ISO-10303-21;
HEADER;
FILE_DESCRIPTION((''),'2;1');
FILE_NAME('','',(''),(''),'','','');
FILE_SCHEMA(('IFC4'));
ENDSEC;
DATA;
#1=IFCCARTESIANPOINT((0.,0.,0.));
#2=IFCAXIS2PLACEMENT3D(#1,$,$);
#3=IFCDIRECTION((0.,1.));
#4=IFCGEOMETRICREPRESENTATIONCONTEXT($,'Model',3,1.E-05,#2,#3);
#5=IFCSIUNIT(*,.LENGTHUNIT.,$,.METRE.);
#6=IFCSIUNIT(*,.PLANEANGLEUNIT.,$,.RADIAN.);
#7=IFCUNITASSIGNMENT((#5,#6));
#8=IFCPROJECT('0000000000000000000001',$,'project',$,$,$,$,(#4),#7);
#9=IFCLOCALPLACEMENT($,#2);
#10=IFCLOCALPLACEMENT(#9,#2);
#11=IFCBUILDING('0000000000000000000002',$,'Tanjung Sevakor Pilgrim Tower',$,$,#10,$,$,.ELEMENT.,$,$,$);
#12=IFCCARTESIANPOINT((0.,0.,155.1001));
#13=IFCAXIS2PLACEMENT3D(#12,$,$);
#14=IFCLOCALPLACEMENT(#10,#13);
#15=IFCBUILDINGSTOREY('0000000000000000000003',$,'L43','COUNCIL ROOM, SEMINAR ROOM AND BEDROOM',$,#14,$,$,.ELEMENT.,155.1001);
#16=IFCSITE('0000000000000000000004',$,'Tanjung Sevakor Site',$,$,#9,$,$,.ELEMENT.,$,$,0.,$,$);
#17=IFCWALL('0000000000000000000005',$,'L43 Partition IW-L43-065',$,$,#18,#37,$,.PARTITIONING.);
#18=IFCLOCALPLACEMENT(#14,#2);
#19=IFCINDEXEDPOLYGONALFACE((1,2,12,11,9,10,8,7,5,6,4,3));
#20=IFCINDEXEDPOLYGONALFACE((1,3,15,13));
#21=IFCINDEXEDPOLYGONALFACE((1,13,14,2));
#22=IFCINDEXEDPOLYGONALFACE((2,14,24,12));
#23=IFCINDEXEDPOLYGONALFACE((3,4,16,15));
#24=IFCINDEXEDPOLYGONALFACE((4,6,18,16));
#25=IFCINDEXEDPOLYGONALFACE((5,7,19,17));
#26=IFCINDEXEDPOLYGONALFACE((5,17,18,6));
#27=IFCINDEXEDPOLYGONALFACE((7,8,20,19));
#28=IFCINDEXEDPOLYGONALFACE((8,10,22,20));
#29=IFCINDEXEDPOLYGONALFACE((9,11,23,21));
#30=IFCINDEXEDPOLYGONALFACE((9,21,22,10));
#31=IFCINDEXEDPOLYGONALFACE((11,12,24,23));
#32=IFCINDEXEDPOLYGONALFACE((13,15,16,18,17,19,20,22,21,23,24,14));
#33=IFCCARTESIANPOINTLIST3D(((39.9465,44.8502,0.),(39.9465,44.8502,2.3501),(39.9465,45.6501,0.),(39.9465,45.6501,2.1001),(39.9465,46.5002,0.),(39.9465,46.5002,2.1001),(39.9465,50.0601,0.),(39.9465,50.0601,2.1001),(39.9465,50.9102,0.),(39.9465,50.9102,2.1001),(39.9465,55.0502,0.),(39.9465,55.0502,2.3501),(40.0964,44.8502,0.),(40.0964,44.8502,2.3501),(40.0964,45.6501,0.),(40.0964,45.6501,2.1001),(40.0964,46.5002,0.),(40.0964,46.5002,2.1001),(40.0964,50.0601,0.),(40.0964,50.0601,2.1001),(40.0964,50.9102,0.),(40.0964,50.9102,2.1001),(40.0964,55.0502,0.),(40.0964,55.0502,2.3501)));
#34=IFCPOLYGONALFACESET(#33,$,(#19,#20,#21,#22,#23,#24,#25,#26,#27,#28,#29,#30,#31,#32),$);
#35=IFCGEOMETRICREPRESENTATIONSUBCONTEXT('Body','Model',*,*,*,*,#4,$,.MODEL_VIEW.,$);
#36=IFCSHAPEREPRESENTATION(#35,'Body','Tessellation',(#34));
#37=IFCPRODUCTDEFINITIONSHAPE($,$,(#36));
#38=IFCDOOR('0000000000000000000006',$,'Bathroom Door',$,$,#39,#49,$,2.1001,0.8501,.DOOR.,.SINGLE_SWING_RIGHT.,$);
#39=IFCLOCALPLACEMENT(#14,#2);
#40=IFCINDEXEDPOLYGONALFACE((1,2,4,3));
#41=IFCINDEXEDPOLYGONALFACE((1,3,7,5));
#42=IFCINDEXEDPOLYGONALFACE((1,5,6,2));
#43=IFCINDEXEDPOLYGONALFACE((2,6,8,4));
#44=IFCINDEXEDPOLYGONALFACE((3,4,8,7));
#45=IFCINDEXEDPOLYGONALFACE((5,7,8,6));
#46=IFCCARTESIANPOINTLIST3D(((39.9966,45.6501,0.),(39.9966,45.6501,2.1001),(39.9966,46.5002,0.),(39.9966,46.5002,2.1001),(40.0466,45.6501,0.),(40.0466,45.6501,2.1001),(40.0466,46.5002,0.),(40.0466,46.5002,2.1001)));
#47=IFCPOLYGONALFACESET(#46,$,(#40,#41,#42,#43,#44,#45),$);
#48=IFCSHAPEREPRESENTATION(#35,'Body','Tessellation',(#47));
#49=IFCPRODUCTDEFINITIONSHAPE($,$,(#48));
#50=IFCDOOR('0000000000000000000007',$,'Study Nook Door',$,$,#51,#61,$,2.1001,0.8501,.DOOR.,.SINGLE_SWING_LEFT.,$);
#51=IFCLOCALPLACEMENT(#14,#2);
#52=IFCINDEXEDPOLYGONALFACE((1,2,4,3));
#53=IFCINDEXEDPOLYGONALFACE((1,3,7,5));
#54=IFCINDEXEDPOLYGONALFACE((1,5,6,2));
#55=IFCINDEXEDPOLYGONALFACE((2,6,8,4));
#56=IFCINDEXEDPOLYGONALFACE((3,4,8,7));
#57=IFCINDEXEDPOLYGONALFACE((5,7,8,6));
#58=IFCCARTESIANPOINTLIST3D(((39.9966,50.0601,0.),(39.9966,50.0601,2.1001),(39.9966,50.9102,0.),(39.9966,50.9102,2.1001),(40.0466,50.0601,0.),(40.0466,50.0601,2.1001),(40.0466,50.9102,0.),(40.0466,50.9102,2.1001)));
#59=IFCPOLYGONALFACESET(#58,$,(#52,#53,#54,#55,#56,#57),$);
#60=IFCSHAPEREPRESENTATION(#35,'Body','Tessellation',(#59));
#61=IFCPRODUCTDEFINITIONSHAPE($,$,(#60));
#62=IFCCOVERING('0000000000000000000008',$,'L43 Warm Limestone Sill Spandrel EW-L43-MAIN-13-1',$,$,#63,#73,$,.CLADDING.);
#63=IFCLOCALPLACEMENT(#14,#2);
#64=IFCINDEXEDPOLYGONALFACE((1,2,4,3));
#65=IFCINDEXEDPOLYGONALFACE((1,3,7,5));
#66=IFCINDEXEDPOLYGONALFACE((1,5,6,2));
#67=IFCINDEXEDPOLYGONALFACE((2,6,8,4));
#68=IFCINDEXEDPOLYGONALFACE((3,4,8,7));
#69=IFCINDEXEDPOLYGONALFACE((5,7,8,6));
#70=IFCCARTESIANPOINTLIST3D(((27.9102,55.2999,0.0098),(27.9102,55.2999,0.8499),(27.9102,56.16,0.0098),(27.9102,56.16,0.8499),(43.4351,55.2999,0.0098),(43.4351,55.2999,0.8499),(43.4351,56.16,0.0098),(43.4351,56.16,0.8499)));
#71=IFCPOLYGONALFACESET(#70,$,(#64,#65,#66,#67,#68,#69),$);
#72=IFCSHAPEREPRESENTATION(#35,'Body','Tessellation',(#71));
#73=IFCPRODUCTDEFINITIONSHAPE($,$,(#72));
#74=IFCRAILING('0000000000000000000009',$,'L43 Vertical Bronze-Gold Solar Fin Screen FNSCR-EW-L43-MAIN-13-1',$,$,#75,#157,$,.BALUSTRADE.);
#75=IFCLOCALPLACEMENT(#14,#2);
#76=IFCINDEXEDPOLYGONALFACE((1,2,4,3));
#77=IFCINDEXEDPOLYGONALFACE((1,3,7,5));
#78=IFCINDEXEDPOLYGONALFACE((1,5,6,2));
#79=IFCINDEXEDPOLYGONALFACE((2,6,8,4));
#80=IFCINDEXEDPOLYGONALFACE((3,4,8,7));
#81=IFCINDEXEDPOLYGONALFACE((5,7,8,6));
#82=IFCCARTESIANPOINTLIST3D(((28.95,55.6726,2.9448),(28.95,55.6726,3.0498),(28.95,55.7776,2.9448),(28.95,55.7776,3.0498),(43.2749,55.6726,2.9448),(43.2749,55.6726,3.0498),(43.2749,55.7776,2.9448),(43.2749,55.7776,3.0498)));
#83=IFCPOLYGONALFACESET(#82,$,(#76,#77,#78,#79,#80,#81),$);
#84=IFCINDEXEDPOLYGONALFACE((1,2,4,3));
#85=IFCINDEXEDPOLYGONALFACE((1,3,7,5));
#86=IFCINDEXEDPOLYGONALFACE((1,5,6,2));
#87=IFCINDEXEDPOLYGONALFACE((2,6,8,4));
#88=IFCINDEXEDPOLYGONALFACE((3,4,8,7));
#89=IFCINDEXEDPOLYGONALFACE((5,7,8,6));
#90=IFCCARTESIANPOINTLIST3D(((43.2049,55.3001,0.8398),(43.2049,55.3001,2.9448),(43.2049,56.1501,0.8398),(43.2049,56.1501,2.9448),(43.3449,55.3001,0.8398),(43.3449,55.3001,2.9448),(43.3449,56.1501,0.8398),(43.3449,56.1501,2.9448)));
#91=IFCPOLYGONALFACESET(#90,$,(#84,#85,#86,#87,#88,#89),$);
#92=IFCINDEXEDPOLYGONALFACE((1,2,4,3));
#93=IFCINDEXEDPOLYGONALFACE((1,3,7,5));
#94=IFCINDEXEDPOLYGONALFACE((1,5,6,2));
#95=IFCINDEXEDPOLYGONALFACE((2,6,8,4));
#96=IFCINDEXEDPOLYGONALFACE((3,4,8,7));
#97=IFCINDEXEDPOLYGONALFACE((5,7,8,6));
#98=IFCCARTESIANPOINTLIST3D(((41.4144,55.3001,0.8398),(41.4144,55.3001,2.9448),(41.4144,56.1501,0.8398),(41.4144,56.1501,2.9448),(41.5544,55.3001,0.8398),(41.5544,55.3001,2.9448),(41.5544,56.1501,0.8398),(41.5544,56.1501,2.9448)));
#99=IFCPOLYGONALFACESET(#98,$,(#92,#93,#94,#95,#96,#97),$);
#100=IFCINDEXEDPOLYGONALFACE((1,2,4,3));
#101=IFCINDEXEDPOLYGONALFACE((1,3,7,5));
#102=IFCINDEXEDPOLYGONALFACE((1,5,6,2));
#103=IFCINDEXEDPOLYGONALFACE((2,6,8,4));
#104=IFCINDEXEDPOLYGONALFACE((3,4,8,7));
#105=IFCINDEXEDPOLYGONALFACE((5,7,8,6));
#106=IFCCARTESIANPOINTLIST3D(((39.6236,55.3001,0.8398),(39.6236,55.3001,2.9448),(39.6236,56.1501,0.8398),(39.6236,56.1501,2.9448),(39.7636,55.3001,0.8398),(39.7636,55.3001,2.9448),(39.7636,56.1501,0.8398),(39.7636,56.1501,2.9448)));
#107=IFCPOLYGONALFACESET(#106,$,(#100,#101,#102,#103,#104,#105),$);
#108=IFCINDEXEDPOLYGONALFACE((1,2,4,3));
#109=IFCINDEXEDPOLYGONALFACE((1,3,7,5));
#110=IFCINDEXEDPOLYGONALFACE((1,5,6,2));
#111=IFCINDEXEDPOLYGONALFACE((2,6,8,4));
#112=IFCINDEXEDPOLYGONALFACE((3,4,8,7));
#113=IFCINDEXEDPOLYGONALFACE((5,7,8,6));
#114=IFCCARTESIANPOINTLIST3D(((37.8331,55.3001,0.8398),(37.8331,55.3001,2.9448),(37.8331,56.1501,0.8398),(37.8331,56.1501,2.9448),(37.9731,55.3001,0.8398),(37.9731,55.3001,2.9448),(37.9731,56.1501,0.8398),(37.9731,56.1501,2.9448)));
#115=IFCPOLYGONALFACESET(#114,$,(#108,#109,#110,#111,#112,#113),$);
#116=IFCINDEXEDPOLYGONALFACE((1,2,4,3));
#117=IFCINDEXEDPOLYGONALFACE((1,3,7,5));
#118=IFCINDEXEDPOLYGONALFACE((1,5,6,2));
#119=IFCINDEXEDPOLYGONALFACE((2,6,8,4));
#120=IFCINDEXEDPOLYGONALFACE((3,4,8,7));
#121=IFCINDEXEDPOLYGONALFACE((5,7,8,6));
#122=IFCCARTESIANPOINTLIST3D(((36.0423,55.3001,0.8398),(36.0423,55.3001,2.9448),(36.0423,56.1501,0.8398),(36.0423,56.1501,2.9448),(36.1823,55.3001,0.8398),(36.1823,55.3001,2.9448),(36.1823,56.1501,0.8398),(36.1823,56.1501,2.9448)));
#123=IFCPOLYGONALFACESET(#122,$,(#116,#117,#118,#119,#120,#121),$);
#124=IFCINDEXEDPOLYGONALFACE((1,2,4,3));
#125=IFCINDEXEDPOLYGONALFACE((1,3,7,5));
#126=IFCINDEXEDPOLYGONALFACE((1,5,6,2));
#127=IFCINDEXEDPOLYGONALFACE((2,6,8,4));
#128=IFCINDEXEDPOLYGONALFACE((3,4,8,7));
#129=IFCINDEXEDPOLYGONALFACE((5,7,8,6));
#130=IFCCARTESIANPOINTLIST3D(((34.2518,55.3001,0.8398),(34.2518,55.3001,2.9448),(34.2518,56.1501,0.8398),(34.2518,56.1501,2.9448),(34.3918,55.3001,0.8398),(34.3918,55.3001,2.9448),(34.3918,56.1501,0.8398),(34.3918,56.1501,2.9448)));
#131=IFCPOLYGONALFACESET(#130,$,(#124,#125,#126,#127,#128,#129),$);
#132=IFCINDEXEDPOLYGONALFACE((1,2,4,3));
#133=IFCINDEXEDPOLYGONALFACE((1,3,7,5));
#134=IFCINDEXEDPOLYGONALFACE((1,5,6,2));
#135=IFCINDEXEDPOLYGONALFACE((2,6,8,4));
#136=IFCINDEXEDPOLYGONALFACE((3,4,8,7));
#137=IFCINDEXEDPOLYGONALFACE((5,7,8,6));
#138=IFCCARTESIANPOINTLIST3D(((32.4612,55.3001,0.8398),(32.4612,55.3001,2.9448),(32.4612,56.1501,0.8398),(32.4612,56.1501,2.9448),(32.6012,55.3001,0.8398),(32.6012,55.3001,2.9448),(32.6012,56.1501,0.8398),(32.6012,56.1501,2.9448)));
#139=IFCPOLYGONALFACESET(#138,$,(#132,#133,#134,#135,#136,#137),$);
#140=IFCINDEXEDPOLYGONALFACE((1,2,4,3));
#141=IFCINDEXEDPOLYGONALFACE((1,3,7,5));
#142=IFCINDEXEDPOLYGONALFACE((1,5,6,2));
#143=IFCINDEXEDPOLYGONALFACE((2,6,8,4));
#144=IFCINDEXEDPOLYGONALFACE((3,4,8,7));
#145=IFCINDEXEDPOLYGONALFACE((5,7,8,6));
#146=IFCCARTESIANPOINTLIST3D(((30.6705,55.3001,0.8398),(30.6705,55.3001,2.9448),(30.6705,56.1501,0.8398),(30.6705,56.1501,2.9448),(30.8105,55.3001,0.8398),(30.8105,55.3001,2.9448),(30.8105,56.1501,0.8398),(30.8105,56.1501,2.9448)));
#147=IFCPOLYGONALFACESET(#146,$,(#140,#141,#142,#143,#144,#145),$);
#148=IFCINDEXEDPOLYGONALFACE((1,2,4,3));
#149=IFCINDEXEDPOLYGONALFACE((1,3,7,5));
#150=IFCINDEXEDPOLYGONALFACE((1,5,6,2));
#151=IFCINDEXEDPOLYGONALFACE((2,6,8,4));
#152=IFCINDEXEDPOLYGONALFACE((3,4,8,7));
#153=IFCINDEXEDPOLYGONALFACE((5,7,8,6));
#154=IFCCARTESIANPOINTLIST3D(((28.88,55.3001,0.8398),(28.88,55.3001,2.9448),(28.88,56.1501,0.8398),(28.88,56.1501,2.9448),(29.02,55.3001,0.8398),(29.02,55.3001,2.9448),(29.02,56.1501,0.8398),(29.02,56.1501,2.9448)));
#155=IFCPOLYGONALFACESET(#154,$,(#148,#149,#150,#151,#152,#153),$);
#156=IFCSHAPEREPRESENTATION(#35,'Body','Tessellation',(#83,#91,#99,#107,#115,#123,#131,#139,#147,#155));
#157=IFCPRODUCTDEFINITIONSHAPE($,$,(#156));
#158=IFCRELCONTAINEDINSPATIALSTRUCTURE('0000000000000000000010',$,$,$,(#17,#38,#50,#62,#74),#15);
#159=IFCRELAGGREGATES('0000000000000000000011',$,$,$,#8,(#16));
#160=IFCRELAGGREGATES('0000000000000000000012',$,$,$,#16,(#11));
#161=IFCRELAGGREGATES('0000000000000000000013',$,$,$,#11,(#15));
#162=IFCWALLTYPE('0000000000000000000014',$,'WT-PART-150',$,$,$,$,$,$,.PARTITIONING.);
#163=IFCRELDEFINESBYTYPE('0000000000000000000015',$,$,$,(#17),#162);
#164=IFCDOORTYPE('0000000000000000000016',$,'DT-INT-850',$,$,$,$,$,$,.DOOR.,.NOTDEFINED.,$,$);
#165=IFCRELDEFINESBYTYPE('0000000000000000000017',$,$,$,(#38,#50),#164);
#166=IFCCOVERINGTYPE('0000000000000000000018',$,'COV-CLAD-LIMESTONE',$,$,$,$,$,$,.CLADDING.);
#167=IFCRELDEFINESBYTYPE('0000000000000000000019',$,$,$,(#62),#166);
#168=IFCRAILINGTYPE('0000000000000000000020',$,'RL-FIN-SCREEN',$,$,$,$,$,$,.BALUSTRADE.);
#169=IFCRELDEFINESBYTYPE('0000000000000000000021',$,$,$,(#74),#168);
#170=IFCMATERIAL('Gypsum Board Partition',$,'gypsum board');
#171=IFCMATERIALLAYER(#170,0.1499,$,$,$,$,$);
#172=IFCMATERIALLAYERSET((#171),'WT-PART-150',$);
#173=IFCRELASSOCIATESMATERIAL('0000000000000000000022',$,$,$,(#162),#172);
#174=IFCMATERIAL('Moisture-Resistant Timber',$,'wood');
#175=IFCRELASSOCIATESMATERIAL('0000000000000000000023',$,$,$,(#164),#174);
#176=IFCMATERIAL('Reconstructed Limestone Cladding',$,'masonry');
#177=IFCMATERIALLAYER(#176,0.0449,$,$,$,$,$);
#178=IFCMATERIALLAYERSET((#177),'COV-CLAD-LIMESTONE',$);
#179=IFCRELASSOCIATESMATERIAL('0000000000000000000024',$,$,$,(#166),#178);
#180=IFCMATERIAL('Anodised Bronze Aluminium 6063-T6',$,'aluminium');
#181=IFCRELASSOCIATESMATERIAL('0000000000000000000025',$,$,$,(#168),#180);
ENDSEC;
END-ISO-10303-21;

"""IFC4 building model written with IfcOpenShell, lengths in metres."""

from ifc_helpers import new_model, si_unit, direction, frame, frame_2d, origin, origin_2d, place, context, subcontext, project, spatial, rectangle, extrude, material, layer, layer_set, type_object, element, fill, save


model = new_model("IFC4")

# Units and contexts
model_context = context("Model", 3, precision=1e-05, world=origin(), true_north=direction((0.0, 1.0)))
body_context = subcontext(model_context, "Body", "Model", "MODEL_VIEW")
ifc_project = project(units=[si_unit("LENGTHUNIT", "METRE"), si_unit("PLANEANGLEUNIT", "RADIAN")], contexts=[model_context])

# Site, building, storey
site_placement = place(None, origin())
site = spatial("IfcSite", under=ifc_project, at=site_placement, Name="Tanjung Sevakor Site", CompositionType="ELEMENT", RefElevation=0.0)
building_placement = place(site_placement, origin())
building = spatial("IfcBuilding", under=site, at=building_placement, Name="Tanjung Sevakor Pilgrim Tower", CompositionType="ELEMENT")
storey_placement = place(building_placement, frame((0.0, 0.0, 155.1001)))
storey = spatial("IfcBuildingStorey", under=building, at=storey_placement, Name="L43", Description="COUNCIL ROOM, SEMINAR ROOM AND BEDROOM", CompositionType="ELEMENT", Elevation=155.1001)

# Shared definitions
ifc_material_1 = material(Name="Gypsum Board Partition", Category="gypsum board")
ifc_layer_1 = layer(ifc_material_1, 0.1499)
ifc_layer_set_1 = layer_set([ifc_layer_1], Name="WT-PART-150")
wall_type_1 = type_object("IfcWallType", Name="WT-PART-150", PredefinedType="PARTITIONING", material=ifc_layer_set_1)

# Wall, openings, doors
wall_1_placement = place(storey_placement, frame((40.0215, 44.8501, 0.0), z_axis=(0.0, 0.0, 1.0), x_axis=(0.0, 1.0, 0.0)))
wall_1 = element("IfcWall", 1, at=wall_1_placement, inside=storey, type_object=wall_type_1, Name="L43 Partition IW-L43-065", PredefinedType="PARTITIONING", context=body_context, shape_type="SweptSolid", body=[
    extrude(rectangle(XDim=10.2, YDim=0.1499, at=frame_2d((5.1001, 0.0))), origin(), (0.0, 0.0, 1.0), 2.3501),
])
opening_1_placement = place(wall_1_placement, frame((0.8, 0.0, 0.0)))
opening_1 = element("IfcOpeningElement", 2, at=opening_1_placement, cuts=wall_1, PredefinedType="OPENING", context=body_context, shape_type="SweptSolid", body=[
    extrude(rectangle(XDim=0.8501, YDim=2.1001, at=frame_2d((0.425, 1.05))), frame((0.0, 0.085, 0.0), z_axis=(0.0, -1.0, 0.0), x_axis=(1.0, 0.0, 0.0)), (0.0, 0.0, 1.0), 0.1699),
])
opening_2_placement = place(wall_1_placement, frame((5.21, 0.0, 0.0)))
opening_2 = element("IfcOpeningElement", 3, at=opening_2_placement, cuts=wall_1, PredefinedType="OPENING", context=body_context, shape_type="SweptSolid", body=[
    extrude(rectangle(XDim=0.8501, YDim=2.1001, at=frame_2d((0.425, 1.05))), frame((0.0, 0.085, 0.0), z_axis=(0.0, -1.0, 0.0), x_axis=(1.0, 0.0, 0.0)), (0.0, 0.0, 1.0), 0.1699),
])
ifc_material_2 = material(Name="Moisture-Resistant Timber", Category="wood")
door_type_1 = type_object("IfcDoorType", Name="DT-INT-850", OperationType="NOTDEFINED", PredefinedType="DOOR", material=ifc_material_2)
door_1_placement = place(opening_1_placement, origin())
door_1 = element("IfcDoor", 4, at=door_1_placement, inside=storey, type_object=door_type_1, Name="Bathroom Door", OperationType="SINGLE_SWING_RIGHT", OverallHeight=2.1001, OverallWidth=0.8501, PredefinedType="DOOR", context=body_context, shape_type="SweptSolid", body=[
    extrude(rectangle(XDim=0.8501, YDim=2.1001, at=frame_2d((0.425, 1.05))), frame((0.0, 0.0249, 0.0), z_axis=(0.0, -1.0, 0.0), x_axis=(1.0, 0.0, 0.0)), (0.0, 0.0, 1.0), 0.05),
])
fill(opening_1, door_1)
door_2_placement = place(opening_2_placement, origin())
door_2 = element("IfcDoor", 5, at=door_2_placement, inside=storey, type_object=door_type_1, Name="Study Nook Door", OperationType="SINGLE_SWING_LEFT", OverallHeight=2.1001, OverallWidth=0.8501, PredefinedType="DOOR", context=body_context, shape_type="SweptSolid", body=[
    extrude(rectangle(XDim=0.8501, YDim=2.1001, at=frame_2d((0.425, 1.05))), frame((0.0, 0.0249, 0.0), z_axis=(0.0, -1.0, 0.0), x_axis=(1.0, 0.0, 0.0)), (0.0, 0.0, 1.0), 0.05),
])
fill(opening_2, door_2)

# Covering
ifc_material_3 = material(Name="Reconstructed Limestone Cladding", Category="masonry")
ifc_layer_2 = layer(ifc_material_3, 0.0449)
ifc_layer_set_2 = layer_set([ifc_layer_2], Name="COV-CLAD-LIMESTONE")
covering_type = type_object("IfcCoveringType", Name="COV-CLAD-LIMESTONE", PredefinedType="CLADDING", material=ifc_layer_set_2)
covering_placement = place(storey_placement, frame((35.6726, 55.73, 0.0098), z_axis=(0.0, 0.0, 1.0), x_axis=(-1.0, 0.0, 0.0)))
element("IfcCovering", 6, at=covering_placement, inside=storey, type_object=covering_type, Name="L43 Warm Limestone Sill Spandrel EW-L43-MAIN-13-1", PredefinedType="CLADDING", context=body_context, shape_type="SweptSolid", body=[
    extrude(rectangle(XDim=15.5249, YDim=0.8601, at=origin_2d()), origin(), (0.0, 0.0, 1.0), 0.8401),
])

# Railing
ifc_material_4 = material(Name="Anodised Bronze Aluminium 6063-T6", Category="aluminium")
railing_type = type_object("IfcRailingType", Name="RL-FIN-SCREEN", PredefinedType="BALUSTRADE", material=ifc_material_4)
railing_placement = place(storey_placement, frame((43.2749, 55.7251, 0.8398)))
element("IfcRailing", 7, at=railing_placement, inside=storey, type_object=railing_type, Name="L43 Vertical Bronze-Gold Solar Fin Screen FNSCR-EW-L43-MAIN-13-1", PredefinedType="BALUSTRADE", context=body_context, shape_type="SweptSolid", body=[
    extrude(rectangle(XDim=0.105, YDim=0.105), frame((0.0, 0.0, 2.1575), z_axis=(-1.0, 0.0, 0.0), x_axis=(0.0, -1.0, 0.0)), (0.0, 0.0, 1.0), 14.325),
    extrude(rectangle(XDim=0.14, YDim=0.85), origin(), (0.0, 0.0, 1.0), 2.105),
    extrude(rectangle(XDim=0.14, YDim=0.85), frame((-1.7905, 0.0, 0.0)), (0.0, 0.0, 1.0), 2.105),
    extrude(rectangle(XDim=0.14, YDim=0.85), frame((-3.5813, 0.0, 0.0)), (0.0, 0.0, 1.0), 2.105),
    extrude(rectangle(XDim=0.14, YDim=0.85), frame((-5.3718, 0.0, 0.0)), (0.0, 0.0, 1.0), 2.105),
    extrude(rectangle(XDim=0.14, YDim=0.85), frame((-7.1626, 0.0, 0.0)), (0.0, 0.0, 1.0), 2.105),
    extrude(rectangle(XDim=0.14, YDim=0.85), frame((-8.9531, 0.0, 0.0)), (0.0, 0.0, 1.0), 2.105),
    extrude(rectangle(XDim=0.14, YDim=0.85), frame((-10.7437, 0.0, 0.0)), (0.0, 0.0, 1.0), 2.105),
    extrude(rectangle(XDim=0.14, YDim=0.85), frame((-12.5344, 0.0, 0.0)), (0.0, 0.0, 1.0), 2.105),
    extrude(rectangle(XDim=0.14, YDim=0.85), frame((-14.325, 0.0, 0.0)), (0.0, 0.0, 1.0), 2.105),
])

save(model, "model.ifc")
